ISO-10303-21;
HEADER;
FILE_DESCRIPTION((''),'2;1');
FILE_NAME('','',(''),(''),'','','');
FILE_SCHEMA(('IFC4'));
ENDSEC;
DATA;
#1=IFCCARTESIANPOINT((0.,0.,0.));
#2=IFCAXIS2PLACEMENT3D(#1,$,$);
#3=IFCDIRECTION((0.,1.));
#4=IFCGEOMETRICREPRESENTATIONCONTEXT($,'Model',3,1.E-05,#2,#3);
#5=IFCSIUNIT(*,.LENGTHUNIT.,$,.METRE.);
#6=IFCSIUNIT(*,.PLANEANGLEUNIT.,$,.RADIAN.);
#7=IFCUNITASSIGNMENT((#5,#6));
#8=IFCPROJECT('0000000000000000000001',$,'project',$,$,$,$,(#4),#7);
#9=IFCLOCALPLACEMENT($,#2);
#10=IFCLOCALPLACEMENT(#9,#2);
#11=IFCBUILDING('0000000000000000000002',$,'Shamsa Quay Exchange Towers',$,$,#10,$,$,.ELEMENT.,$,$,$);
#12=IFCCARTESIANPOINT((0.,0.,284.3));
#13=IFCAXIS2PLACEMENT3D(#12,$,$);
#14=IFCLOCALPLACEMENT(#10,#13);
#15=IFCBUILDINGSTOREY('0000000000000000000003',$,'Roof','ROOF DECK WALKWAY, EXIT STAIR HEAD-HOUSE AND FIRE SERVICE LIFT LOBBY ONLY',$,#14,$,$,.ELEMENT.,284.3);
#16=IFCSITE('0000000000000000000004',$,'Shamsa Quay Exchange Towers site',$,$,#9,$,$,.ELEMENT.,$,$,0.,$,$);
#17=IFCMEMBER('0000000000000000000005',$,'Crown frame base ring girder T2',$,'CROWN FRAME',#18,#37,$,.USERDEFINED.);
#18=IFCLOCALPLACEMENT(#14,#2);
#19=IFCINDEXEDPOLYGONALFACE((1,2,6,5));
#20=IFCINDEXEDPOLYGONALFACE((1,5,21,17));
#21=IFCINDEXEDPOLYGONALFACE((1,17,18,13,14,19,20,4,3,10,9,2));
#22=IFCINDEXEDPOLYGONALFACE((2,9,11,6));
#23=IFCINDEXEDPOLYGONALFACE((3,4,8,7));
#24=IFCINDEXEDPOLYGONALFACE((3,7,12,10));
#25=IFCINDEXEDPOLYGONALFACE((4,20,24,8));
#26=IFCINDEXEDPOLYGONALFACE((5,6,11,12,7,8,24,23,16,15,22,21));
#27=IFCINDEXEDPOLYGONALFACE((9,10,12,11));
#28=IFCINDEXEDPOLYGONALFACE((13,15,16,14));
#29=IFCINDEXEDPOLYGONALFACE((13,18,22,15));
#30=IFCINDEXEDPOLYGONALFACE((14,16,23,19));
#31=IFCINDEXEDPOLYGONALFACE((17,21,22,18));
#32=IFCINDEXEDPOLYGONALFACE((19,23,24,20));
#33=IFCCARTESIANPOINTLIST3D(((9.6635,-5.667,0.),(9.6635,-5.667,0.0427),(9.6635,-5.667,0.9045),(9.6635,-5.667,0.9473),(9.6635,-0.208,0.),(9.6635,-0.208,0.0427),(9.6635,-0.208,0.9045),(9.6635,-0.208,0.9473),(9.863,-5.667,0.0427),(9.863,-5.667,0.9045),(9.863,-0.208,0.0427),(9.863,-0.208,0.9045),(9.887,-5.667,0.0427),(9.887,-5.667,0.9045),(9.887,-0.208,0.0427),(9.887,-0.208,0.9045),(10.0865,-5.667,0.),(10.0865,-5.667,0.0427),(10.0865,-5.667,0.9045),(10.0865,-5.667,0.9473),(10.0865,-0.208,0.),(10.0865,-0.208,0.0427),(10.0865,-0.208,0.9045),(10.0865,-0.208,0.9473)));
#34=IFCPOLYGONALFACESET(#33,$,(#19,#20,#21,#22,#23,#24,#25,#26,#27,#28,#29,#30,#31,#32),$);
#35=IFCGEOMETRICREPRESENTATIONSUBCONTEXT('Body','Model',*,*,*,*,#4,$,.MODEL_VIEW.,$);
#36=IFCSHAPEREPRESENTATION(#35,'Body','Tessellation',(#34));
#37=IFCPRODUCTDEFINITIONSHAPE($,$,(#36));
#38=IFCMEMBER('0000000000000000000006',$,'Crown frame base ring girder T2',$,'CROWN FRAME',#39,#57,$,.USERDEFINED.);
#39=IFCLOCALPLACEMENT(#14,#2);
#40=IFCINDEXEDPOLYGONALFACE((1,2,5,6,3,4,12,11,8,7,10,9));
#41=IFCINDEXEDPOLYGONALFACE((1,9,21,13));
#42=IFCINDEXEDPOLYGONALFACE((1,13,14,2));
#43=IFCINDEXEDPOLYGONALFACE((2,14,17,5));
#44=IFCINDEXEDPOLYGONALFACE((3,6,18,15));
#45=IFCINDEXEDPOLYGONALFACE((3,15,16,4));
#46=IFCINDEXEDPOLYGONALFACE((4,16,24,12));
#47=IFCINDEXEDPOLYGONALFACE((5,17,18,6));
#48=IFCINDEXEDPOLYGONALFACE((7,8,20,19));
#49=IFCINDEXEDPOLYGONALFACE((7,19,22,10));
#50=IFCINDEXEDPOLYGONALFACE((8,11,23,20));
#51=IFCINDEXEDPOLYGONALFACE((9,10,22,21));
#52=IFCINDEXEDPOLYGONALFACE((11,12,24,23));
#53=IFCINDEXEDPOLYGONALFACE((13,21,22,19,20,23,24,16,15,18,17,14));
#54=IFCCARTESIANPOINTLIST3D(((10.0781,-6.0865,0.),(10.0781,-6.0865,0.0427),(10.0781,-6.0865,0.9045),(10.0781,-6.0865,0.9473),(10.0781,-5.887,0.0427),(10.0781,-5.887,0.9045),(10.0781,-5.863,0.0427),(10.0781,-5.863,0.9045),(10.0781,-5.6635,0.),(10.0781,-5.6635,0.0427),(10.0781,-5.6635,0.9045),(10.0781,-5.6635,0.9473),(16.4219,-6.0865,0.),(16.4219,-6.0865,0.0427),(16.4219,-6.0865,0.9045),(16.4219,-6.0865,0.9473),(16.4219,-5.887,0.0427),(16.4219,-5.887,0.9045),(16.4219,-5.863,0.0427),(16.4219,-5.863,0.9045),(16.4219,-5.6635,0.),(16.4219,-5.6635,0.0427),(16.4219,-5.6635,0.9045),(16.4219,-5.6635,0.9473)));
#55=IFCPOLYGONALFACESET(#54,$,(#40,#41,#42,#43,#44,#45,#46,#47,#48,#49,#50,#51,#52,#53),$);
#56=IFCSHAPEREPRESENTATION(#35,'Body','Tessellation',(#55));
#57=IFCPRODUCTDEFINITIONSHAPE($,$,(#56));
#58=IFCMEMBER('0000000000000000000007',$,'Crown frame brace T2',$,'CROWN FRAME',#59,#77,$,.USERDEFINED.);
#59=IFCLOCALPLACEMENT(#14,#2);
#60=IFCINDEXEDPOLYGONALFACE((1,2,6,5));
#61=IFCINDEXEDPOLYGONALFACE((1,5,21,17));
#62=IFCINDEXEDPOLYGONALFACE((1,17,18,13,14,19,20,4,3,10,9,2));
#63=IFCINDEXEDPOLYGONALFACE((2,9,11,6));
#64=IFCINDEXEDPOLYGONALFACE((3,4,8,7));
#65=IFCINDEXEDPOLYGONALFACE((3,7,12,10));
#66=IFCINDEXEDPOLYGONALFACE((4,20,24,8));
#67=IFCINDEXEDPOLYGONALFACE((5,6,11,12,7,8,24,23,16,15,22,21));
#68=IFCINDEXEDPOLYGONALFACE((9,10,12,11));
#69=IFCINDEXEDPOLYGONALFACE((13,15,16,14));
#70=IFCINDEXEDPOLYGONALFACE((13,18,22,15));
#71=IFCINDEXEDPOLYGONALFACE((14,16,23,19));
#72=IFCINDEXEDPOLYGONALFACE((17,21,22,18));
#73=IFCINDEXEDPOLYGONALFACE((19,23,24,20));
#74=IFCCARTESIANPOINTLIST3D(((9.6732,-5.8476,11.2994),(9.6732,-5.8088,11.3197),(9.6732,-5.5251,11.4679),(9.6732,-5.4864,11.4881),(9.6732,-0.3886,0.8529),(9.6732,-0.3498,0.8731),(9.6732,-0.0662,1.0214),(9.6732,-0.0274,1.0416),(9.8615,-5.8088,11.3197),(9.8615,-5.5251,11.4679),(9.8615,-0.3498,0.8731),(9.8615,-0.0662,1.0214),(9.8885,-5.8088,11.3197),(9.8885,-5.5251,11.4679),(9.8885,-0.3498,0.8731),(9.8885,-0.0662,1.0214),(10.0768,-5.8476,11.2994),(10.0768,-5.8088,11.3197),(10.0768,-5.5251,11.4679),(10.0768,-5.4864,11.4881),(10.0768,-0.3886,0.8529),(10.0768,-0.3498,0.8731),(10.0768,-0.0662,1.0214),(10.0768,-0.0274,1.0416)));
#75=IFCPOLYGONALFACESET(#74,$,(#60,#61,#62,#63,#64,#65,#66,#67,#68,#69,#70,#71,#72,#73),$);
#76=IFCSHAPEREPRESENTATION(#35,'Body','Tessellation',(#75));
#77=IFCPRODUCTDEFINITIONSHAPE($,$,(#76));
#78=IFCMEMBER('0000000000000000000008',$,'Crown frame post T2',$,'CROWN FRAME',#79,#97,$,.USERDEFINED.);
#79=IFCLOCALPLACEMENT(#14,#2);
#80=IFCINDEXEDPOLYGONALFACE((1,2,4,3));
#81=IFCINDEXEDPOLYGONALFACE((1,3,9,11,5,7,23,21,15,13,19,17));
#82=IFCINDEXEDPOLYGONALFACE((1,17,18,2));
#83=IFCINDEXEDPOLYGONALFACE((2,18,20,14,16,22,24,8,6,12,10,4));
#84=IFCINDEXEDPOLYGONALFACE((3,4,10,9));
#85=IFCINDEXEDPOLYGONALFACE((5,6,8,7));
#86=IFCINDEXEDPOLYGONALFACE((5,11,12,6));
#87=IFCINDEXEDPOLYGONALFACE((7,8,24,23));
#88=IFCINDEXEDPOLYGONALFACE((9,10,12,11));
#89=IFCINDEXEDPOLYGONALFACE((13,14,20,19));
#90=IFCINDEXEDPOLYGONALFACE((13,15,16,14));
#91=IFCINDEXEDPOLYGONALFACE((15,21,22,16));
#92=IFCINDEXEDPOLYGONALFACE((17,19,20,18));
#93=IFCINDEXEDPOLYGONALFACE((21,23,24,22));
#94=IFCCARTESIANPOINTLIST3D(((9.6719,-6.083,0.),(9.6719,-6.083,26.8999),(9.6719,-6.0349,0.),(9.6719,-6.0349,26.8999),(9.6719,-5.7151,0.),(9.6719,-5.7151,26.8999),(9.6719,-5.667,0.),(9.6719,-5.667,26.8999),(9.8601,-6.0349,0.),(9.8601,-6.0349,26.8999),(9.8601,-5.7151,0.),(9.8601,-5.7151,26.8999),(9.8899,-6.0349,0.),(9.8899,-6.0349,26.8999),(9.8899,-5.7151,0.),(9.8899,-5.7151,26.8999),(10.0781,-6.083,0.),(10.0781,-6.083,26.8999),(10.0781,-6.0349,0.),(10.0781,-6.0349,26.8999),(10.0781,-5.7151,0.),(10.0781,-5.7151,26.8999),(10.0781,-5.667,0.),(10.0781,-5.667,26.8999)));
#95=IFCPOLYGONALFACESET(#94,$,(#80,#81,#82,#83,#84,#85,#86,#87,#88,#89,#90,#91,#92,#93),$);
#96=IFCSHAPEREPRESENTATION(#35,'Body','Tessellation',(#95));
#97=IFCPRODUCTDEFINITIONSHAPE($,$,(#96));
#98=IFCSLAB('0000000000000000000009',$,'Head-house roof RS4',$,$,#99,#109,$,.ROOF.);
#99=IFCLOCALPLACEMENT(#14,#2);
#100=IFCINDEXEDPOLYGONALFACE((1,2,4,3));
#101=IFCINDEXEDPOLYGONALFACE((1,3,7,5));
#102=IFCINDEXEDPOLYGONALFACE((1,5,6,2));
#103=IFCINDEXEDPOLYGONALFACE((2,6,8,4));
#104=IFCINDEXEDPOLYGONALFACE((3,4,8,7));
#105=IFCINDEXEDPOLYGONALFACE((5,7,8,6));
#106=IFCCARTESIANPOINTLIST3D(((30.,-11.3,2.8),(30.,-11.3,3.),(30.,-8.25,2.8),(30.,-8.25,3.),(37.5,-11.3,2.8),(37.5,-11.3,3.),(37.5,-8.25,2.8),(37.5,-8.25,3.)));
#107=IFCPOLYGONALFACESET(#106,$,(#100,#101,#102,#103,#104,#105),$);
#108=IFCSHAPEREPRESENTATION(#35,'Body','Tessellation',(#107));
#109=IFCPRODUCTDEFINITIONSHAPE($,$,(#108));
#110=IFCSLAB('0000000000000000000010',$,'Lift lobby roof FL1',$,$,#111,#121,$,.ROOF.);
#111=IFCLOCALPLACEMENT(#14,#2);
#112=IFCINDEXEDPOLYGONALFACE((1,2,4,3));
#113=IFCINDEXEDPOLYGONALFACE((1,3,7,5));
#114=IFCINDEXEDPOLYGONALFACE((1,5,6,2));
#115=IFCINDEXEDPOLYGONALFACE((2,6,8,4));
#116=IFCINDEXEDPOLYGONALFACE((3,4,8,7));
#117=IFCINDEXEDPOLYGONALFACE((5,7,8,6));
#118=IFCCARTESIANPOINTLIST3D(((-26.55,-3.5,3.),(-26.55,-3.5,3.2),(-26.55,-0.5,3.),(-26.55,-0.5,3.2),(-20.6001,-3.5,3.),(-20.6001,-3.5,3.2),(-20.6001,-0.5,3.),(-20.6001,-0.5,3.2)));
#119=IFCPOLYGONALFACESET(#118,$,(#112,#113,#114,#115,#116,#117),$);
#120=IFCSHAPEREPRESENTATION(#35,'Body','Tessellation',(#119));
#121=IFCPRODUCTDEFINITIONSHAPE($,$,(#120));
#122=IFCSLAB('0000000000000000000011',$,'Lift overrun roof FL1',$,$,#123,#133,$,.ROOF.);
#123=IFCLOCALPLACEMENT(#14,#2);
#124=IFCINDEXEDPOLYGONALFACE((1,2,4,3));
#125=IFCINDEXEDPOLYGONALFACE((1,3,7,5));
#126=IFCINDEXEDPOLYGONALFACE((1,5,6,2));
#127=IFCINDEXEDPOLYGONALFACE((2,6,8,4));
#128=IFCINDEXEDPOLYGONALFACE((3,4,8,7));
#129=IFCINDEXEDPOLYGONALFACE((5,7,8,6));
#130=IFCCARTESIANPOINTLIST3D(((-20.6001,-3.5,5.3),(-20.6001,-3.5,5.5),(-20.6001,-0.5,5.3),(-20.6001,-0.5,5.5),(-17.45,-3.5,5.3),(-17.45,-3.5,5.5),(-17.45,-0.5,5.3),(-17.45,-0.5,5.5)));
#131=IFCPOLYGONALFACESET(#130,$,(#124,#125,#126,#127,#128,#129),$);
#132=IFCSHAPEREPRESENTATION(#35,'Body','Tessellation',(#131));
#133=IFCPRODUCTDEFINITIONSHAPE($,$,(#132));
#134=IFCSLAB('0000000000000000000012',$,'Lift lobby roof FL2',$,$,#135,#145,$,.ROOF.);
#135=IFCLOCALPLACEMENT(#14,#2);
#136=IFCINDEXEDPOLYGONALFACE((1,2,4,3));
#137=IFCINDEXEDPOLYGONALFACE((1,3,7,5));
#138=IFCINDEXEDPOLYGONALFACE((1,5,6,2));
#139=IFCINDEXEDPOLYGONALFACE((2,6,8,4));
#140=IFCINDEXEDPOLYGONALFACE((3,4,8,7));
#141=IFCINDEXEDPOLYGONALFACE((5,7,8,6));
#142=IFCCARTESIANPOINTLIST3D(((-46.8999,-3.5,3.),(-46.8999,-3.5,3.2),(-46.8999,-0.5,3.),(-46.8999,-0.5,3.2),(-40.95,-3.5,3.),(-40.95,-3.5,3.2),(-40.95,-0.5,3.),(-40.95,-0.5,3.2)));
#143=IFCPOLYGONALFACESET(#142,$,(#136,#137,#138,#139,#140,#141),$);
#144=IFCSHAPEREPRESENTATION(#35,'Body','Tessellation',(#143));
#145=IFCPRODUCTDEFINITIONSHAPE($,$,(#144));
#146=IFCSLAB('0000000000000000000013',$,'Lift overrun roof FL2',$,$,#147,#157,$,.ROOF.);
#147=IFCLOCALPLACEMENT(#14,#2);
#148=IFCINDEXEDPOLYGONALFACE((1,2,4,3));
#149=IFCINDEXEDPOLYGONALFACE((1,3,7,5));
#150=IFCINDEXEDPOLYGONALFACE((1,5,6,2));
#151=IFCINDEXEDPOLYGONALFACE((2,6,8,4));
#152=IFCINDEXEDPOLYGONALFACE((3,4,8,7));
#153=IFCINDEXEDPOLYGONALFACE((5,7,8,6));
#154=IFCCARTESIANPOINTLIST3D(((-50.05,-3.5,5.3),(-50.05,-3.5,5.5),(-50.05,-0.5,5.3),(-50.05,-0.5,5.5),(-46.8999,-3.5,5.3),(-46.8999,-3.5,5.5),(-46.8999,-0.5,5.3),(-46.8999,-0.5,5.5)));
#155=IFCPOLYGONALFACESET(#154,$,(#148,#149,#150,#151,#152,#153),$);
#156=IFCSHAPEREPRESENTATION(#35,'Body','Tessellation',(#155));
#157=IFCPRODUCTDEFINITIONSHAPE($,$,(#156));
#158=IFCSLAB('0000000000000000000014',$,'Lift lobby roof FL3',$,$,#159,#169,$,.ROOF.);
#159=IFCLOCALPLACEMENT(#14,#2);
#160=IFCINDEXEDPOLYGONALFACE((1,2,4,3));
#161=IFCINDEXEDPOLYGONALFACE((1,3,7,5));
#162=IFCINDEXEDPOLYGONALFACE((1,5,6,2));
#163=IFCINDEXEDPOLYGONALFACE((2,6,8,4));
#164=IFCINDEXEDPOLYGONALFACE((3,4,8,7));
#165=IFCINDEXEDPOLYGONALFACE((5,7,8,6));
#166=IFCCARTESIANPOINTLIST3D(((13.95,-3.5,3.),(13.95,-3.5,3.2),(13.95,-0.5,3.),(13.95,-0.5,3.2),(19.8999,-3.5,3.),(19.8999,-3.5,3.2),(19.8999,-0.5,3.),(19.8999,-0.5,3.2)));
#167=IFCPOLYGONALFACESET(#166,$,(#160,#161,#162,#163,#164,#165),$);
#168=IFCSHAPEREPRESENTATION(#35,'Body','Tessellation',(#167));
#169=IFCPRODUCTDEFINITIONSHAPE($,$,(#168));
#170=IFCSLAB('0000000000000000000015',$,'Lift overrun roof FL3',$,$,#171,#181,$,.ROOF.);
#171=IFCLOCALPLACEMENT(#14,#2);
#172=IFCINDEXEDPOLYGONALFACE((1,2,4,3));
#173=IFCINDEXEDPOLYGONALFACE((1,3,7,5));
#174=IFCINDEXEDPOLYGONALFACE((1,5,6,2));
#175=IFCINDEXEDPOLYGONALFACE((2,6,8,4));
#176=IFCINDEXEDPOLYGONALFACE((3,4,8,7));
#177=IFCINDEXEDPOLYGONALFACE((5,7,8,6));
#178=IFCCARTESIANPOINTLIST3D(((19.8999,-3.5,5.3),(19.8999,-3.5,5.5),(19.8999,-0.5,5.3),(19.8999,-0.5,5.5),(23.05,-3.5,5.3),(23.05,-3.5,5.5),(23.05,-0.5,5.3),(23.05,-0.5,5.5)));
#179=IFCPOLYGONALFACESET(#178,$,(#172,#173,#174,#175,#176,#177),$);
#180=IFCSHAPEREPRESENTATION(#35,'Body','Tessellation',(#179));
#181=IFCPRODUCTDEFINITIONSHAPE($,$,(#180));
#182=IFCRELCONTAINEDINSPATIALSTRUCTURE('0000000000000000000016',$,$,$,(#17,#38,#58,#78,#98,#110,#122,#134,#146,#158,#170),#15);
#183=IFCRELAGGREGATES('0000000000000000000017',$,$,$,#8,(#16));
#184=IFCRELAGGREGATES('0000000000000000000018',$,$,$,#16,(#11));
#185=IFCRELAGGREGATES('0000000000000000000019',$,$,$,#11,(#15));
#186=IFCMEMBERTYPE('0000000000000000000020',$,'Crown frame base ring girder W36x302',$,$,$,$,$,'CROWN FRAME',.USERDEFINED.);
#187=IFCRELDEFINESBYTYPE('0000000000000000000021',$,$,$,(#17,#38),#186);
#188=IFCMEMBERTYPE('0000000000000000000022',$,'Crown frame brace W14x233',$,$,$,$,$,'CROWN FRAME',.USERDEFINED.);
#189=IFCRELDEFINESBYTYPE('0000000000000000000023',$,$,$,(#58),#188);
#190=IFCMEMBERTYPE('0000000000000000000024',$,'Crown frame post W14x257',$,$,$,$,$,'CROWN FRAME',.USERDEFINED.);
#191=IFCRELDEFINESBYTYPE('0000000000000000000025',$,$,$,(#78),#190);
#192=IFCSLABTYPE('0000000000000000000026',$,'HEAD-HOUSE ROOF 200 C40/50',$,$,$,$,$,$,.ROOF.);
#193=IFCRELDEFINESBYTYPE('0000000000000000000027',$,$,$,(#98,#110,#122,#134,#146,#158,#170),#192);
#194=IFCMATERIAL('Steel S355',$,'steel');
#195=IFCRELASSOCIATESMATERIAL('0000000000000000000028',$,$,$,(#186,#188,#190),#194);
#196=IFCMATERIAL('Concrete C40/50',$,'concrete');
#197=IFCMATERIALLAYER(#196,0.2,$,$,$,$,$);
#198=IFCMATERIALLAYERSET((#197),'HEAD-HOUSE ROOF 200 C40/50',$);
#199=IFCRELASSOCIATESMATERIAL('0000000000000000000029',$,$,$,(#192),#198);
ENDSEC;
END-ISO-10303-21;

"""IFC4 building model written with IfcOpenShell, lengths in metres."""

from ifc_helpers import new_model, si_unit, direction, frame, origin, origin_2d, place, context, subcontext, project, spatial, polyline, i_section, outline, extrude, material, layer, layer_set, material_profile, profile_set, type_object, element, save


model = new_model("IFC4")

# Units and contexts
model_context = context("Model", 3, precision=1e-05, world=origin(), true_north=direction((0.0, 1.0)))
body_context = subcontext(model_context, "Body", "Model", "MODEL_VIEW")
ifc_project = project(units=[si_unit("LENGTHUNIT", "METRE"), si_unit("PLANEANGLEUNIT", "RADIAN")], contexts=[model_context])

# Site, building, storey
site_placement = place(None, origin())
site = spatial("IfcSite", under=ifc_project, at=site_placement, Name="Shamsa Quay Exchange Towers site", CompositionType="ELEMENT", RefElevation=0.0)
building_placement = place(site_placement, origin())
building = spatial("IfcBuilding", under=site, at=building_placement, Name="Shamsa Quay Exchange Towers", CompositionType="ELEMENT")
storey_placement = place(building_placement, frame((0.0, 0.0, 284.3)))
storey = spatial("IfcBuildingStorey", under=building, at=storey_placement, Name="Roof", Description="ROOF DECK WALKWAY, EXIT STAIR HEAD-HOUSE AND FIRE SERVICE LIFT LOBBY ONLY", CompositionType="ELEMENT", Elevation=284.3)

# Members
ifc_material_1 = material(Name="Steel S355", Category="steel")
ifc_material_profile_1 = material_profile(ifc_material_1, i_section(OverallWidth=0.4231, OverallDepth=0.9473, WebThickness=0.0239, FlangeThickness=0.0427, at=origin_2d()), Name="W36x302")
ifc_profile_set_1 = profile_set([ifc_material_profile_1], Name="Steel S355")
member_type_1 = type_object("IfcMemberType", Name="Crown frame base ring girder W36x302", ElementType="CROWN FRAME", PredefinedType="USERDEFINED", material=ifc_profile_set_1)
member_1_placement = place(storey_placement, frame((9.875, -0.208, 0.4736), z_axis=(0.0, -1.0, 0.0), x_axis=(1.0, 0.0, 0.0)))
element("IfcMember", 1, at=member_1_placement, inside=storey, type_object=member_type_1, Name="Crown frame base ring girder T2", ObjectType="CROWN FRAME", PredefinedType="USERDEFINED", context=body_context, shape_type="SweptSolid", body=[
    extrude(i_section(OverallWidth=0.4231, OverallDepth=0.9473, WebThickness=0.0239, FlangeThickness=0.0427, at=origin_2d()), origin(), (0.0, 0.0, 1.0), 5.459),
])
member_2_placement = place(storey_placement, frame((10.0781, -5.875, 0.4736), z_axis=(1.0, 0.0, 0.0), x_axis=(0.0, 1.0, 0.0)))
element("IfcMember", 2, at=member_2_placement, inside=storey, type_object=member_type_1, Name="Crown frame base ring girder T2", ObjectType="CROWN FRAME", PredefinedType="USERDEFINED", context=body_context, shape_type="SweptSolid", body=[
    extrude(i_section(OverallWidth=0.4231, OverallDepth=0.9473, WebThickness=0.0239, FlangeThickness=0.0427, at=origin_2d()), origin(), (0.0, 0.0, 1.0), 6.3438),
])
ifc_material_profile_2 = material_profile(ifc_material_1, i_section(OverallWidth=0.4036, OverallDepth=0.4075, WebThickness=0.0271, FlangeThickness=0.0437, at=origin_2d()), Name="W14x233")
ifc_profile_set_2 = profile_set([ifc_material_profile_2], Name="Steel S355")
member_type_2 = type_object("IfcMemberType", Name="Crown frame brace W14x233", ElementType="CROWN FRAME", PredefinedType="USERDEFINED", material=ifc_profile_set_2)
member_3_placement = place(storey_placement, frame((9.875, -0.208, 0.9473), z_axis=(0.0, -0.463141, 0.886285), x_axis=(1.0, 0.0, 0.0)))
element("IfcMember", 3, at=member_3_placement, inside=storey, type_object=member_type_2, Name="Crown frame brace T2", ObjectType="CROWN FRAME", PredefinedType="USERDEFINED", context=body_context, shape_type="SweptSolid", body=[
    extrude(i_section(OverallWidth=0.4036, OverallDepth=0.4075, WebThickness=0.0271, FlangeThickness=0.0437, at=origin_2d()), origin(), (0.0, 0.0, 1.0), 11.7869),
])
ifc_material_profile_3 = material_profile(ifc_material_1, i_section(OverallWidth=0.4062, OverallDepth=0.416, WebThickness=0.0298, FlangeThickness=0.0481, at=origin_2d()), Name="W14x257")
ifc_profile_set_3 = profile_set([ifc_material_profile_3], Name="Steel S355")
member_type_3 = type_object("IfcMemberType", Name="Crown frame post W14x257", ElementType="CROWN FRAME", PredefinedType="USERDEFINED", material=ifc_profile_set_3)
member_4_placement = place(storey_placement, frame((9.875, -5.875, 0.0)))
element("IfcMember", 4, at=member_4_placement, inside=storey, type_object=member_type_3, Name="Crown frame post T2", ObjectType="CROWN FRAME", PredefinedType="USERDEFINED", context=body_context, shape_type="SweptSolid", body=[
    extrude(i_section(OverallWidth=0.4062, OverallDepth=0.416, WebThickness=0.0298, FlangeThickness=0.0481, at=origin_2d()), origin(), (0.0, 0.0, 1.0), 26.8999),
])

# Slabs
ifc_material_2 = material(Name="Concrete C40/50", Category="concrete")
ifc_layer_1 = layer(ifc_material_2, 0.2)
ifc_layer_set_1 = layer_set([ifc_layer_1], Name="HEAD-HOUSE ROOF 200 C40/50")
slab_type = type_object("IfcSlabType", Name="HEAD-HOUSE ROOF 200 C40/50", PredefinedType="ROOF", material=ifc_layer_set_1)
slab_1_placement = place(storey_placement, frame((0.0, 0.0, 2.8)))
element("IfcSlab", 5, at=slab_1_placement, inside=storey, type_object=slab_type, Name="Head-house roof RS4", PredefinedType="ROOF", context=body_context, shape_type="SweptSolid", body=[
    extrude(outline(polyline([(30.0, -11.3), (37.5, -11.3), (37.5, -8.25), (30.0, -8.25), (30.0, -11.3)])), origin(), (0.0, 0.0, 1.0), 0.2),
])
slab_2_placement = place(storey_placement, frame((0.0, 0.0, 3.0)))
element("IfcSlab", 6, at=slab_2_placement, inside=storey, type_object=slab_type, Name="Lift lobby roof FL1", PredefinedType="ROOF", context=body_context, shape_type="SweptSolid", body=[
    extrude(outline(polyline([(-26.55, -3.5), (-20.6001, -3.5), (-20.6001, -0.5), (-26.55, -0.5), (-26.55, -3.5)])), origin(), (0.0, 0.0, 1.0), 0.2),
])
slab_3_placement = place(storey_placement, frame((0.0, 0.0, 5.3)))
element("IfcSlab", 7, at=slab_3_placement, inside=storey, type_object=slab_type, Name="Lift overrun roof FL1", PredefinedType="ROOF", context=body_context, shape_type="SweptSolid", body=[
    extrude(outline(polyline([(-20.6001, -3.5), (-17.45, -3.5), (-17.45, -0.5), (-20.6001, -0.5), (-20.6001, -3.5)])), origin(), (0.0, 0.0, 1.0), 0.2),
])
slab_4_placement = place(storey_placement, frame((0.0, 0.0, 3.0)))
element("IfcSlab", 8, at=slab_4_placement, inside=storey, type_object=slab_type, Name="Lift lobby roof FL2", PredefinedType="ROOF", context=body_context, shape_type="SweptSolid", body=[
    extrude(outline(polyline([(-40.95, -3.5), (-40.95, -0.5), (-46.8999, -0.5), (-46.8999, -3.5), (-40.95, -3.5)])), origin(), (0.0, 0.0, 1.0), 0.2),
])
slab_5_placement = place(storey_placement, frame((0.0, 0.0, 5.3)))
element("IfcSlab", 9, at=slab_5_placement, inside=storey, type_object=slab_type, Name="Lift overrun roof FL2", PredefinedType="ROOF", context=body_context, shape_type="SweptSolid", body=[
    extrude(outline(polyline([(-46.8999, -3.5), (-46.8999, -0.5), (-50.05, -0.5), (-50.05, -3.5), (-46.8999, -3.5)])), origin(), (0.0, 0.0, 1.0), 0.2),
])
slab_6_placement = place(storey_placement, frame((0.0, 0.0, 3.0)))
element("IfcSlab", 10, at=slab_6_placement, inside=storey, type_object=slab_type, Name="Lift lobby roof FL3", PredefinedType="ROOF", context=body_context, shape_type="SweptSolid", body=[
    extrude(outline(polyline([(13.95, -3.5), (19.8999, -3.5), (19.8999, -0.5), (13.95, -0.5), (13.95, -3.5)])), origin(), (0.0, 0.0, 1.0), 0.2),
])
slab_7_placement = place(storey_placement, frame((0.0, 0.0, 5.3)))
element("IfcSlab", 11, at=slab_7_placement, inside=storey, type_object=slab_type, Name="Lift overrun roof FL3", PredefinedType="ROOF", context=body_context, shape_type="SweptSolid", body=[
    extrude(outline(polyline([(19.8999, -3.5), (23.05, -3.5), (23.05, -0.5), (19.8999, -0.5), (19.8999, -3.5)])), origin(), (0.0, 0.0, 1.0), 0.2),
])

save(model, "model.ifc")
